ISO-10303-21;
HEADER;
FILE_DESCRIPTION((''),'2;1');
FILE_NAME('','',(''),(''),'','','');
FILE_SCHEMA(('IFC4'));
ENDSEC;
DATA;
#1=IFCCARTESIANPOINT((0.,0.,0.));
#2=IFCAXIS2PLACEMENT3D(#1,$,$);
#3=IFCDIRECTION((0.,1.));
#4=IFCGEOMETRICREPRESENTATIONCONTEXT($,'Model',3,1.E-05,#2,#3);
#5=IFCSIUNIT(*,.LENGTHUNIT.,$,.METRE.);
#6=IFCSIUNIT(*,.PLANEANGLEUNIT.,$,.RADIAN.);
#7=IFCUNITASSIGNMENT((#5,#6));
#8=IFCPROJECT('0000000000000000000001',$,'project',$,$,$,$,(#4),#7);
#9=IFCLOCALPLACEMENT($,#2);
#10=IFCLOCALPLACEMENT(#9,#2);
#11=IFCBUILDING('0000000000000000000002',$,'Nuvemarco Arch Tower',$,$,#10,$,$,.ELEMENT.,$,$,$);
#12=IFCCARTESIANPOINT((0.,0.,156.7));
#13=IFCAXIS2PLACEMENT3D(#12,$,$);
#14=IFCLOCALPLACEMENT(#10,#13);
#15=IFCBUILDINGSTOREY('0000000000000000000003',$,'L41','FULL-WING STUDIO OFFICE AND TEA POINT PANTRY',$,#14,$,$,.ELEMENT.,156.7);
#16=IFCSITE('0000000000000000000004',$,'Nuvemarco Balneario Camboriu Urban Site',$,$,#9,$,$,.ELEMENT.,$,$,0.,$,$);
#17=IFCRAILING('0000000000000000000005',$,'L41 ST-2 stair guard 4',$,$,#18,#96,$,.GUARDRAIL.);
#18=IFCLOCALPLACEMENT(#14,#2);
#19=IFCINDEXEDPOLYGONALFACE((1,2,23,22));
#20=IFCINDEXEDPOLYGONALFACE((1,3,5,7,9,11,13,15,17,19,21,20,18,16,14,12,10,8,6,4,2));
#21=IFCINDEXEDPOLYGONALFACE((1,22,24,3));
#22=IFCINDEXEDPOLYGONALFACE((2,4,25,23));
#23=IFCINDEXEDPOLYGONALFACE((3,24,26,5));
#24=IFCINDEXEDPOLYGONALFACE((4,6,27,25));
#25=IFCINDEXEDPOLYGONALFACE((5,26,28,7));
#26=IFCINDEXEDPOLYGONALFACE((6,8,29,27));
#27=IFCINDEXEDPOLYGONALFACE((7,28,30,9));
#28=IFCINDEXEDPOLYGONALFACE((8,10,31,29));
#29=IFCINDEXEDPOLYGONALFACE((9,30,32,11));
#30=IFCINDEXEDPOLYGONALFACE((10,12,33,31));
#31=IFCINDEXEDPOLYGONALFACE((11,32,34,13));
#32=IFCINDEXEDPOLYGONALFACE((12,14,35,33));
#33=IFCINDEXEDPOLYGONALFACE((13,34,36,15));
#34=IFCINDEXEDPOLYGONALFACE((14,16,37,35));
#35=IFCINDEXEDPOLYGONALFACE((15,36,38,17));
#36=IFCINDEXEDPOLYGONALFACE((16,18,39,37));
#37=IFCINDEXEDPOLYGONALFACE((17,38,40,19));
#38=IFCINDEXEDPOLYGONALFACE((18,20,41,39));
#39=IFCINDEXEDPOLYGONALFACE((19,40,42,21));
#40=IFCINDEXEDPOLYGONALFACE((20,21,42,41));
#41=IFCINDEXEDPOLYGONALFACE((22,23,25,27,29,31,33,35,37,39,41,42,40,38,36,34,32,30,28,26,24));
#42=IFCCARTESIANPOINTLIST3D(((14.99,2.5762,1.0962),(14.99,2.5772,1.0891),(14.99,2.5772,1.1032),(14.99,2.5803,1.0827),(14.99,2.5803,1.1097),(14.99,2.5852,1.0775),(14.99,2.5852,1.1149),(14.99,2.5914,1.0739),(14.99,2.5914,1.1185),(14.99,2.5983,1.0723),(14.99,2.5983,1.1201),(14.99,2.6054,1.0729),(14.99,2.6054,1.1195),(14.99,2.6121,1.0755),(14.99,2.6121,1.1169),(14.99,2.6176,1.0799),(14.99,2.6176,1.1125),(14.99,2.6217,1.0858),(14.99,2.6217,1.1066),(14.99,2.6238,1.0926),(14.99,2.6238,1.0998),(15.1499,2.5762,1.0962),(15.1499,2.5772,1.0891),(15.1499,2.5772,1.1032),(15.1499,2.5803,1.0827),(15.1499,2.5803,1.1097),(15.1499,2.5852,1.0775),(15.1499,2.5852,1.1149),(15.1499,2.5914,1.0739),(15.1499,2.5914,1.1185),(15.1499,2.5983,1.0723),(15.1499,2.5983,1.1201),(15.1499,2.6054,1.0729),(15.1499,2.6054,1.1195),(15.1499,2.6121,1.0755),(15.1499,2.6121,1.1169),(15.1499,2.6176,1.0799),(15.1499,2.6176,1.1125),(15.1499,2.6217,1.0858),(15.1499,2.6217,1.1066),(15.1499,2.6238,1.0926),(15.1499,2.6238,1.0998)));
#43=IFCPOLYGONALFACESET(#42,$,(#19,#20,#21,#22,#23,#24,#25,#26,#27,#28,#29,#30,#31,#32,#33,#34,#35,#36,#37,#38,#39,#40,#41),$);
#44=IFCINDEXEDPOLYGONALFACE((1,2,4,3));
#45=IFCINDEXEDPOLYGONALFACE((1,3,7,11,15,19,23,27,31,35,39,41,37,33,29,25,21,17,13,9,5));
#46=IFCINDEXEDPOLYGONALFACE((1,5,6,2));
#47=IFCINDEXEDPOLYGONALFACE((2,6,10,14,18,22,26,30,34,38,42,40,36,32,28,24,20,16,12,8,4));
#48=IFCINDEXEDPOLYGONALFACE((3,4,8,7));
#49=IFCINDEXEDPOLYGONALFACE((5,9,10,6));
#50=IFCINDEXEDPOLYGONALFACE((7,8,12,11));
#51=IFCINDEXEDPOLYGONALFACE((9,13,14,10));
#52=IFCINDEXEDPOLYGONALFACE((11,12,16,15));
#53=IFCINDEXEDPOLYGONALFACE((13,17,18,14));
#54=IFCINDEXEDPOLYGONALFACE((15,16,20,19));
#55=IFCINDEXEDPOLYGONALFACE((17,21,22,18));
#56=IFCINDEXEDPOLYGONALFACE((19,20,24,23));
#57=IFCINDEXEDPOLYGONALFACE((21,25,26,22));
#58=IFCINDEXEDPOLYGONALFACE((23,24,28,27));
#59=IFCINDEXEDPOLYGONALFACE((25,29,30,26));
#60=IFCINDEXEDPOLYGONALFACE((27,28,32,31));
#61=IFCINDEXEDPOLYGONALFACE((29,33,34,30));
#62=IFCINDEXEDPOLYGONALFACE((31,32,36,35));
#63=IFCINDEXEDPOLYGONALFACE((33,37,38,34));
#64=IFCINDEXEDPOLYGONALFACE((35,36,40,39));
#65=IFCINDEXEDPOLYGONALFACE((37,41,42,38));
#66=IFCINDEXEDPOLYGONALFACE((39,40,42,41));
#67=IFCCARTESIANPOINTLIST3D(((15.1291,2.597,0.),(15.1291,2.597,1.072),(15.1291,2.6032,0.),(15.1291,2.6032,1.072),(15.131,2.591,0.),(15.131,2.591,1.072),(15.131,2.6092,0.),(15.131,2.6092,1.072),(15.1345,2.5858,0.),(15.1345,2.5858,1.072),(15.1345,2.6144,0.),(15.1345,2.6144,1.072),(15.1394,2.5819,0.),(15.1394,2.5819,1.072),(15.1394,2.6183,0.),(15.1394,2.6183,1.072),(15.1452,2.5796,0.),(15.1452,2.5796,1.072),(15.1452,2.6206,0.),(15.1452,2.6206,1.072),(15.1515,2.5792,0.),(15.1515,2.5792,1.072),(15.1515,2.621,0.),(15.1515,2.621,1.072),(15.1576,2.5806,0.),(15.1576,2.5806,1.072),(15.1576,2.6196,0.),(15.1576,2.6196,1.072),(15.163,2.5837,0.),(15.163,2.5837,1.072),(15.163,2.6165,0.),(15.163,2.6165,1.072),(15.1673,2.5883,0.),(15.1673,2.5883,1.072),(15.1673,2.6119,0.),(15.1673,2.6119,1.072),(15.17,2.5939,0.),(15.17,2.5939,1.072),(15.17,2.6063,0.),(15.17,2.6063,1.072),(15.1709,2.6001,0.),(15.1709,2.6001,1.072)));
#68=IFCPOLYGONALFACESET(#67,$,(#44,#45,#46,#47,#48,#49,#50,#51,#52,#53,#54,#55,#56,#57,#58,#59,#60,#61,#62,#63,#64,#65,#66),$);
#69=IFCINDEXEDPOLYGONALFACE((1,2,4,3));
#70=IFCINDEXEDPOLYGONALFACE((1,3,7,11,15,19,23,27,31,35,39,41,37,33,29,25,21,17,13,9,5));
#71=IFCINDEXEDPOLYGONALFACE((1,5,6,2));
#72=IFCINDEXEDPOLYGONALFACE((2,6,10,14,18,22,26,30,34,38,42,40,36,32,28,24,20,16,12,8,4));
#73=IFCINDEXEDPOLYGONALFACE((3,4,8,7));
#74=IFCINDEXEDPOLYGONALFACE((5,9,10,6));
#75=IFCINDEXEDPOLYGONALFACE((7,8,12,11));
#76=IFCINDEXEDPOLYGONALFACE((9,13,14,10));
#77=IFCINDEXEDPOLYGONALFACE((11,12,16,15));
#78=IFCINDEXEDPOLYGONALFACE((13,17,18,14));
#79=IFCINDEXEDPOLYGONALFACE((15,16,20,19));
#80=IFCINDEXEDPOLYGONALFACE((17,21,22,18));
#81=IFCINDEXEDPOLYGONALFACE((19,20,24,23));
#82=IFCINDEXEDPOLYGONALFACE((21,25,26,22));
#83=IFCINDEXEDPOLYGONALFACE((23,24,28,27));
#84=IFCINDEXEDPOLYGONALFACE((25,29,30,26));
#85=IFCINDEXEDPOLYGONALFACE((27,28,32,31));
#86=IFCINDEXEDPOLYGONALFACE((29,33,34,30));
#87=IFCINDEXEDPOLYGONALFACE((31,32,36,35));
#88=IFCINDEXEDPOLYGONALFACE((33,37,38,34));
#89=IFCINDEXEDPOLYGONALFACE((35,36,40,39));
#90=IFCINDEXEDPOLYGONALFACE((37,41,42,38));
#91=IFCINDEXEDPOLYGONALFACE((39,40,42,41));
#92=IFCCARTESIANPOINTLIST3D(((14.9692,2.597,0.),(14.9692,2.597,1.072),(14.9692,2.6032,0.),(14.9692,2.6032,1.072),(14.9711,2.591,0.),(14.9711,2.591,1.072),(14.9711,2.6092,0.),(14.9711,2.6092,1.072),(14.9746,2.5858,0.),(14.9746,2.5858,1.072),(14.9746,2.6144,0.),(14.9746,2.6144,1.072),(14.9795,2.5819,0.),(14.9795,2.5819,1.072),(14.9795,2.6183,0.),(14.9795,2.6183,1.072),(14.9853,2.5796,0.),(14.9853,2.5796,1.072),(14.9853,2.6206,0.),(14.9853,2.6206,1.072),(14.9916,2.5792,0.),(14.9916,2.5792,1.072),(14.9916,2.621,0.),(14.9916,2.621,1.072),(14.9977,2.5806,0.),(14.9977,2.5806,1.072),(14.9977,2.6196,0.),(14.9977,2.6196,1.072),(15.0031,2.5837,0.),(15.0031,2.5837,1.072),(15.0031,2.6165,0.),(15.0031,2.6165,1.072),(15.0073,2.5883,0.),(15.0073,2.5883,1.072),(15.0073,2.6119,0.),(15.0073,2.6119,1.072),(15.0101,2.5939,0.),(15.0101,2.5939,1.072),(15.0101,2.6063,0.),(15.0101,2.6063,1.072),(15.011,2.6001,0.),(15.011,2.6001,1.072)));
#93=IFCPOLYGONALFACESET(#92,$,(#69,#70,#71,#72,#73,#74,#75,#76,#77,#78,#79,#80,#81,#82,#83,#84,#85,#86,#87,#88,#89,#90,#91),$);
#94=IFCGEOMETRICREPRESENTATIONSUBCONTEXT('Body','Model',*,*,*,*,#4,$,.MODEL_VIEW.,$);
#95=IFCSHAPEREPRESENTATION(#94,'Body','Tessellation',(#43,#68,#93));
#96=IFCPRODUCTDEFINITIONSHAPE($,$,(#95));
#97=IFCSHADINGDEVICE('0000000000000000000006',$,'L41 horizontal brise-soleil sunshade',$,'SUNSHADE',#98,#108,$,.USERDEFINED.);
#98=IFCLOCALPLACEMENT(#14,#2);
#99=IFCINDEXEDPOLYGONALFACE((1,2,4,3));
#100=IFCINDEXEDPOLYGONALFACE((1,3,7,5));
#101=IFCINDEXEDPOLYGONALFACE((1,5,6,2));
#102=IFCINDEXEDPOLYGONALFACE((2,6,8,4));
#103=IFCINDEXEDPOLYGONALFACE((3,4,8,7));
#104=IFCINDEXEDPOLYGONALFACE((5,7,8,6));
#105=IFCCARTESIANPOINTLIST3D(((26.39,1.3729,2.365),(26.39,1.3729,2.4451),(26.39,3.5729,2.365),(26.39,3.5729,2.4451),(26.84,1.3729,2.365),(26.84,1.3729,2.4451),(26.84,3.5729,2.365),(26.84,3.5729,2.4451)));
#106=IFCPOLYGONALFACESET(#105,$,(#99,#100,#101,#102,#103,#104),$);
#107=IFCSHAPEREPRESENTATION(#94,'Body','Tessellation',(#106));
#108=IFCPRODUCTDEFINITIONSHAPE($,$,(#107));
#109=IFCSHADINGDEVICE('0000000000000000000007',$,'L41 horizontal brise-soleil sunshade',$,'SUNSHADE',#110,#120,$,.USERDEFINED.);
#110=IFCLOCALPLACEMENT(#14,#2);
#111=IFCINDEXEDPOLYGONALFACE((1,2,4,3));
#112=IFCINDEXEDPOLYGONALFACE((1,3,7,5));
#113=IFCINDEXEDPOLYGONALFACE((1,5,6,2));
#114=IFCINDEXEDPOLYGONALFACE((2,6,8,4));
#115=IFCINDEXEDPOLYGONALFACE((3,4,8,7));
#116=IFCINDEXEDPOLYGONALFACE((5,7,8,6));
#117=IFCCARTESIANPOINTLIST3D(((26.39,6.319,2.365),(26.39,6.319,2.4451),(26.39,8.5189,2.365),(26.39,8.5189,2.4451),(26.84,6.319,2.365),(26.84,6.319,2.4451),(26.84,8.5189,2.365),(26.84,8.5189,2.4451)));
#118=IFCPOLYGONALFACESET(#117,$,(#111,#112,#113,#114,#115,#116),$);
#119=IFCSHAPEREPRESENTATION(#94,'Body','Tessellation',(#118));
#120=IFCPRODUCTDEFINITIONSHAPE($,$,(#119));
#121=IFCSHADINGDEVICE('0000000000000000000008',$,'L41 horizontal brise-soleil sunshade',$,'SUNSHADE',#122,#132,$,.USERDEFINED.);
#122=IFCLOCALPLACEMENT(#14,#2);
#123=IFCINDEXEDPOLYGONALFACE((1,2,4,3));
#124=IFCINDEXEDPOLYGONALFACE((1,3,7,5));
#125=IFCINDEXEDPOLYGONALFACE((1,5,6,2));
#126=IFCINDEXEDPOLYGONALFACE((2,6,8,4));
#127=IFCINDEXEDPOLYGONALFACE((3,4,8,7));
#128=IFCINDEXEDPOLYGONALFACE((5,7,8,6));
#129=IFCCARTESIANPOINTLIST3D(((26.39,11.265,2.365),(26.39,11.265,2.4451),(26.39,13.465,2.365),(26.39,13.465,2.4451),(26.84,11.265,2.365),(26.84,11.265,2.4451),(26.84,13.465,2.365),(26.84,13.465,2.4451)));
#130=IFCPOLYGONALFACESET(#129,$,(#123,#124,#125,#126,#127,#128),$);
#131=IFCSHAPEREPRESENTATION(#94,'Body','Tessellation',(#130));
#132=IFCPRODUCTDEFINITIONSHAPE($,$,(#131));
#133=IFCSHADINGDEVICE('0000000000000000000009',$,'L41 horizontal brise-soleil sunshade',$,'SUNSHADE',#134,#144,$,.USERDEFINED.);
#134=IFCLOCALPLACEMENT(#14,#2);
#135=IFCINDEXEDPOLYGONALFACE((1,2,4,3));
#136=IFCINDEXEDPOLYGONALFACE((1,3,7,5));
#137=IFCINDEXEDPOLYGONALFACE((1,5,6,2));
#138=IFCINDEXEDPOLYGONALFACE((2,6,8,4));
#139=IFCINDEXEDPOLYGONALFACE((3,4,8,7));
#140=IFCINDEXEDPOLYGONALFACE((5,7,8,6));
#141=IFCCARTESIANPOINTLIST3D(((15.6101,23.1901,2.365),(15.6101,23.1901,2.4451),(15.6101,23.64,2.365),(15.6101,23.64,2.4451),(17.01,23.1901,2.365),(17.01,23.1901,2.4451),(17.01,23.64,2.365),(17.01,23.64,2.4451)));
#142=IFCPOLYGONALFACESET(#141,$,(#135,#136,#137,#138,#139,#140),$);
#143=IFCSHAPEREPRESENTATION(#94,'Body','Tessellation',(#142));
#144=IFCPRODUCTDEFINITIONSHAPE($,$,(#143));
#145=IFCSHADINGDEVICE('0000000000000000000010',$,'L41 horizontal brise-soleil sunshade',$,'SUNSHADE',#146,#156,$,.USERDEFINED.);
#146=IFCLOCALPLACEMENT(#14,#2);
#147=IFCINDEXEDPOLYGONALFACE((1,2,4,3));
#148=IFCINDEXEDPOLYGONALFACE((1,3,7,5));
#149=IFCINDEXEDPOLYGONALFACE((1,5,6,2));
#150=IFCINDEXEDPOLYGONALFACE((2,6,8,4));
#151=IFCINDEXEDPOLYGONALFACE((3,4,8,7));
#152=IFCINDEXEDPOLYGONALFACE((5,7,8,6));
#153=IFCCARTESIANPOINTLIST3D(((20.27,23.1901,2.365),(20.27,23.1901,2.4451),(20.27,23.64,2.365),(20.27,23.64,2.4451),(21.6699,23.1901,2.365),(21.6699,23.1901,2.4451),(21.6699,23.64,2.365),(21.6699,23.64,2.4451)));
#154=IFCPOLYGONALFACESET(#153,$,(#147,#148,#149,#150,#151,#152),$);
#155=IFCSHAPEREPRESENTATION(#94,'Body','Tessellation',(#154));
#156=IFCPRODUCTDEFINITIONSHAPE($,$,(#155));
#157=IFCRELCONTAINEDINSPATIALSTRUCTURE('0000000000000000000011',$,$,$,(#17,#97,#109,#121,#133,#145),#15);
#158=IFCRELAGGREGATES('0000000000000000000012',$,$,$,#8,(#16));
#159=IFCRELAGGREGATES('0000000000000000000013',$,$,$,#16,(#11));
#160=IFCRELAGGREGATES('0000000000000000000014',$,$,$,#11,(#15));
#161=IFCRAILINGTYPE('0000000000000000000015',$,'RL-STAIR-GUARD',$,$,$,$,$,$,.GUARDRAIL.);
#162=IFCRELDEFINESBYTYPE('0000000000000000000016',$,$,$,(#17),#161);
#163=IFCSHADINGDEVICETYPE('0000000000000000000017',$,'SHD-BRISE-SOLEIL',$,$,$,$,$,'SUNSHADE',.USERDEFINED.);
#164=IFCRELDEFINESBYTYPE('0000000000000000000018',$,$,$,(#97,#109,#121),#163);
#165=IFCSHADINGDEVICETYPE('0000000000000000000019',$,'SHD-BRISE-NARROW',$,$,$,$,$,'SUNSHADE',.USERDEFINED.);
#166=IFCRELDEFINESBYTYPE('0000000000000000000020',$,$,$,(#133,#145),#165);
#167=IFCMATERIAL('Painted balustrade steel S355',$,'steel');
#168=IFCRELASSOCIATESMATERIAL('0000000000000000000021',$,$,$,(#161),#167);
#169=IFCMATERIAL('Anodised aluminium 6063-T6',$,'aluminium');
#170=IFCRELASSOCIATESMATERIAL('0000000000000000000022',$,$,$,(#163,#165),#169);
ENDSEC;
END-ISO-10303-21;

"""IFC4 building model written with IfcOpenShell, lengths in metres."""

from ifc_helpers import new_model, si_unit, direction, frame, origin, origin_2d, place, context, subcontext, project, spatial, rectangle, circle, extrude, source, transform, mapped, material, type_object, type_shapes, element, save


model = new_model("IFC4")

# Units and contexts
model_context = context("Model", 3, precision=1e-05, world=origin(), true_north=direction((0.0, 1.0)))
body_context = subcontext(model_context, "Body", "Model", "MODEL_VIEW")
ifc_project = project(units=[si_unit("LENGTHUNIT", "METRE"), si_unit("PLANEANGLEUNIT", "RADIAN")], contexts=[model_context])

# Site, building, storey
site_placement = place(None, origin())
site = spatial("IfcSite", under=ifc_project, at=site_placement, Name="Nuvemarco Balneario Camboriu Urban Site", CompositionType="ELEMENT", RefElevation=0.0)
building_placement = place(site_placement, origin())
building = spatial("IfcBuilding", under=site, at=building_placement, Name="Nuvemarco Arch Tower", CompositionType="ELEMENT")
storey_placement = place(building_placement, frame((0.0, 0.0, 156.7)))
storey = spatial("IfcBuildingStorey", under=building, at=storey_placement, Name="L41", Description="FULL-WING STUDIO OFFICE AND TEA POINT PANTRY", CompositionType="ELEMENT", Elevation=156.7)

# Railing
ifc_material_1 = material(Name="Painted balustrade steel S355", Category="steel")
railing_type_1 = type_object("IfcRailingType", Name="RL-STAIR-GUARD", PredefinedType="GUARDRAIL", material=ifc_material_1)
railing_1_placement = place(storey_placement, frame((15.1499, 2.6001, 0.0)))
element("IfcRailing", 1, at=railing_1_placement, inside=storey, type_object=railing_type_1, Name="L41 ST-2 stair guard 4", PredefinedType="GUARDRAIL", context=body_context, shape_type="SweptSolid", body=[
    extrude(circle(Radius=0.0239, at=origin_2d()), frame((0.0, 0.0, 1.0962), z_axis=(-1.0, 0.0, 0.0), x_axis=(0.0, -1.0, 0.0)), (0.0, 0.0, 1.0), 0.1599),
    extrude(circle(Radius=0.021, at=origin_2d()), origin(), (0.0, 0.0, 1.0), 1.072),
    extrude(circle(Radius=0.021, at=origin_2d()), frame((-0.1599, 0.0, 0.0)), (0.0, 0.0, 1.0), 1.072),
])

# Shading devices
ifc_material_2 = material(Name="Anodised aluminium 6063-T6", Category="aluminium")
shading_device_type_1 = type_object("IfcShadingDeviceType", Name="SHD-BRISE-SOLEIL", ElementType="SUNSHADE", PredefinedType="USERDEFINED", material=ifc_material_2)
shared_shape_1 = source(origin(), body_context, "Body", "SweptSolid", [
    extrude(rectangle(XDim=2.2, YDim=0.45, at=origin_2d()), origin(), (0.0, 0.0, 1.0), 0.0801),
])
type_shapes(shading_device_type_1, [shared_shape_1])
for number, where, z_axis, x_axis, name in (
    (2, (26.615, 2.4729, 2.365), (0.0, 0.0, 1.0), (0.0, 1.0, 0.0), "L41 horizontal brise-soleil sunshade"),
    (3, (26.615, 7.4189, 2.365), (0.0, 0.0, 1.0), (0.0, 1.0, 0.0), "L41 horizontal brise-soleil sunshade"),
    (4, (26.615, 12.365, 2.365), (0.0, 0.0, 1.0), (0.0, 1.0, 0.0), "L41 horizontal brise-soleil sunshade"),
):
    element("IfcShadingDevice", number, at=place(storey_placement, frame(where, z_axis=z_axis, x_axis=x_axis)), inside=storey, type_object=shading_device_type_1, Name=name, ObjectType="SUNSHADE", PredefinedType="USERDEFINED", context=body_context, shape_type="MappedRepresentation", body=[
        mapped(shared_shape_1, transform((0.0, 0.0, 0.0), scale=1.0)),
    ])
shading_device_type_2 = type_object("IfcShadingDeviceType", Name="SHD-BRISE-NARROW", ElementType="SUNSHADE", PredefinedType="USERDEFINED", material=ifc_material_2)
shared_shape_2 = source(origin(), body_context, "Body", "SweptSolid", [
    extrude(rectangle(XDim=1.3999, YDim=0.45, at=origin_2d()), origin(), (0.0, 0.0, 1.0), 0.0801),
])
type_shapes(shading_device_type_2, [shared_shape_2])
for number, where, z_axis, x_axis, name in (
    (5, (16.3101, 23.415, 2.365), (0.0, 0.0, 1.0), (1.0, 0.0, 0.0), "L41 horizontal brise-soleil sunshade"),
    (6, (20.97, 23.415, 2.365), (0.0, 0.0, 1.0), (1.0, 0.0, 0.0), "L41 horizontal brise-soleil sunshade"),
):
    element("IfcShadingDevice", number, at=place(storey_placement, frame(where, z_axis=z_axis, x_axis=x_axis)), inside=storey, type_object=shading_device_type_2, Name=name, ObjectType="SUNSHADE", PredefinedType="USERDEFINED", context=body_context, shape_type="MappedRepresentation", body=[
        mapped(shared_shape_2, transform((0.0, 0.0, 0.0), scale=1.0)),
    ])

save(model, "model.ifc")
